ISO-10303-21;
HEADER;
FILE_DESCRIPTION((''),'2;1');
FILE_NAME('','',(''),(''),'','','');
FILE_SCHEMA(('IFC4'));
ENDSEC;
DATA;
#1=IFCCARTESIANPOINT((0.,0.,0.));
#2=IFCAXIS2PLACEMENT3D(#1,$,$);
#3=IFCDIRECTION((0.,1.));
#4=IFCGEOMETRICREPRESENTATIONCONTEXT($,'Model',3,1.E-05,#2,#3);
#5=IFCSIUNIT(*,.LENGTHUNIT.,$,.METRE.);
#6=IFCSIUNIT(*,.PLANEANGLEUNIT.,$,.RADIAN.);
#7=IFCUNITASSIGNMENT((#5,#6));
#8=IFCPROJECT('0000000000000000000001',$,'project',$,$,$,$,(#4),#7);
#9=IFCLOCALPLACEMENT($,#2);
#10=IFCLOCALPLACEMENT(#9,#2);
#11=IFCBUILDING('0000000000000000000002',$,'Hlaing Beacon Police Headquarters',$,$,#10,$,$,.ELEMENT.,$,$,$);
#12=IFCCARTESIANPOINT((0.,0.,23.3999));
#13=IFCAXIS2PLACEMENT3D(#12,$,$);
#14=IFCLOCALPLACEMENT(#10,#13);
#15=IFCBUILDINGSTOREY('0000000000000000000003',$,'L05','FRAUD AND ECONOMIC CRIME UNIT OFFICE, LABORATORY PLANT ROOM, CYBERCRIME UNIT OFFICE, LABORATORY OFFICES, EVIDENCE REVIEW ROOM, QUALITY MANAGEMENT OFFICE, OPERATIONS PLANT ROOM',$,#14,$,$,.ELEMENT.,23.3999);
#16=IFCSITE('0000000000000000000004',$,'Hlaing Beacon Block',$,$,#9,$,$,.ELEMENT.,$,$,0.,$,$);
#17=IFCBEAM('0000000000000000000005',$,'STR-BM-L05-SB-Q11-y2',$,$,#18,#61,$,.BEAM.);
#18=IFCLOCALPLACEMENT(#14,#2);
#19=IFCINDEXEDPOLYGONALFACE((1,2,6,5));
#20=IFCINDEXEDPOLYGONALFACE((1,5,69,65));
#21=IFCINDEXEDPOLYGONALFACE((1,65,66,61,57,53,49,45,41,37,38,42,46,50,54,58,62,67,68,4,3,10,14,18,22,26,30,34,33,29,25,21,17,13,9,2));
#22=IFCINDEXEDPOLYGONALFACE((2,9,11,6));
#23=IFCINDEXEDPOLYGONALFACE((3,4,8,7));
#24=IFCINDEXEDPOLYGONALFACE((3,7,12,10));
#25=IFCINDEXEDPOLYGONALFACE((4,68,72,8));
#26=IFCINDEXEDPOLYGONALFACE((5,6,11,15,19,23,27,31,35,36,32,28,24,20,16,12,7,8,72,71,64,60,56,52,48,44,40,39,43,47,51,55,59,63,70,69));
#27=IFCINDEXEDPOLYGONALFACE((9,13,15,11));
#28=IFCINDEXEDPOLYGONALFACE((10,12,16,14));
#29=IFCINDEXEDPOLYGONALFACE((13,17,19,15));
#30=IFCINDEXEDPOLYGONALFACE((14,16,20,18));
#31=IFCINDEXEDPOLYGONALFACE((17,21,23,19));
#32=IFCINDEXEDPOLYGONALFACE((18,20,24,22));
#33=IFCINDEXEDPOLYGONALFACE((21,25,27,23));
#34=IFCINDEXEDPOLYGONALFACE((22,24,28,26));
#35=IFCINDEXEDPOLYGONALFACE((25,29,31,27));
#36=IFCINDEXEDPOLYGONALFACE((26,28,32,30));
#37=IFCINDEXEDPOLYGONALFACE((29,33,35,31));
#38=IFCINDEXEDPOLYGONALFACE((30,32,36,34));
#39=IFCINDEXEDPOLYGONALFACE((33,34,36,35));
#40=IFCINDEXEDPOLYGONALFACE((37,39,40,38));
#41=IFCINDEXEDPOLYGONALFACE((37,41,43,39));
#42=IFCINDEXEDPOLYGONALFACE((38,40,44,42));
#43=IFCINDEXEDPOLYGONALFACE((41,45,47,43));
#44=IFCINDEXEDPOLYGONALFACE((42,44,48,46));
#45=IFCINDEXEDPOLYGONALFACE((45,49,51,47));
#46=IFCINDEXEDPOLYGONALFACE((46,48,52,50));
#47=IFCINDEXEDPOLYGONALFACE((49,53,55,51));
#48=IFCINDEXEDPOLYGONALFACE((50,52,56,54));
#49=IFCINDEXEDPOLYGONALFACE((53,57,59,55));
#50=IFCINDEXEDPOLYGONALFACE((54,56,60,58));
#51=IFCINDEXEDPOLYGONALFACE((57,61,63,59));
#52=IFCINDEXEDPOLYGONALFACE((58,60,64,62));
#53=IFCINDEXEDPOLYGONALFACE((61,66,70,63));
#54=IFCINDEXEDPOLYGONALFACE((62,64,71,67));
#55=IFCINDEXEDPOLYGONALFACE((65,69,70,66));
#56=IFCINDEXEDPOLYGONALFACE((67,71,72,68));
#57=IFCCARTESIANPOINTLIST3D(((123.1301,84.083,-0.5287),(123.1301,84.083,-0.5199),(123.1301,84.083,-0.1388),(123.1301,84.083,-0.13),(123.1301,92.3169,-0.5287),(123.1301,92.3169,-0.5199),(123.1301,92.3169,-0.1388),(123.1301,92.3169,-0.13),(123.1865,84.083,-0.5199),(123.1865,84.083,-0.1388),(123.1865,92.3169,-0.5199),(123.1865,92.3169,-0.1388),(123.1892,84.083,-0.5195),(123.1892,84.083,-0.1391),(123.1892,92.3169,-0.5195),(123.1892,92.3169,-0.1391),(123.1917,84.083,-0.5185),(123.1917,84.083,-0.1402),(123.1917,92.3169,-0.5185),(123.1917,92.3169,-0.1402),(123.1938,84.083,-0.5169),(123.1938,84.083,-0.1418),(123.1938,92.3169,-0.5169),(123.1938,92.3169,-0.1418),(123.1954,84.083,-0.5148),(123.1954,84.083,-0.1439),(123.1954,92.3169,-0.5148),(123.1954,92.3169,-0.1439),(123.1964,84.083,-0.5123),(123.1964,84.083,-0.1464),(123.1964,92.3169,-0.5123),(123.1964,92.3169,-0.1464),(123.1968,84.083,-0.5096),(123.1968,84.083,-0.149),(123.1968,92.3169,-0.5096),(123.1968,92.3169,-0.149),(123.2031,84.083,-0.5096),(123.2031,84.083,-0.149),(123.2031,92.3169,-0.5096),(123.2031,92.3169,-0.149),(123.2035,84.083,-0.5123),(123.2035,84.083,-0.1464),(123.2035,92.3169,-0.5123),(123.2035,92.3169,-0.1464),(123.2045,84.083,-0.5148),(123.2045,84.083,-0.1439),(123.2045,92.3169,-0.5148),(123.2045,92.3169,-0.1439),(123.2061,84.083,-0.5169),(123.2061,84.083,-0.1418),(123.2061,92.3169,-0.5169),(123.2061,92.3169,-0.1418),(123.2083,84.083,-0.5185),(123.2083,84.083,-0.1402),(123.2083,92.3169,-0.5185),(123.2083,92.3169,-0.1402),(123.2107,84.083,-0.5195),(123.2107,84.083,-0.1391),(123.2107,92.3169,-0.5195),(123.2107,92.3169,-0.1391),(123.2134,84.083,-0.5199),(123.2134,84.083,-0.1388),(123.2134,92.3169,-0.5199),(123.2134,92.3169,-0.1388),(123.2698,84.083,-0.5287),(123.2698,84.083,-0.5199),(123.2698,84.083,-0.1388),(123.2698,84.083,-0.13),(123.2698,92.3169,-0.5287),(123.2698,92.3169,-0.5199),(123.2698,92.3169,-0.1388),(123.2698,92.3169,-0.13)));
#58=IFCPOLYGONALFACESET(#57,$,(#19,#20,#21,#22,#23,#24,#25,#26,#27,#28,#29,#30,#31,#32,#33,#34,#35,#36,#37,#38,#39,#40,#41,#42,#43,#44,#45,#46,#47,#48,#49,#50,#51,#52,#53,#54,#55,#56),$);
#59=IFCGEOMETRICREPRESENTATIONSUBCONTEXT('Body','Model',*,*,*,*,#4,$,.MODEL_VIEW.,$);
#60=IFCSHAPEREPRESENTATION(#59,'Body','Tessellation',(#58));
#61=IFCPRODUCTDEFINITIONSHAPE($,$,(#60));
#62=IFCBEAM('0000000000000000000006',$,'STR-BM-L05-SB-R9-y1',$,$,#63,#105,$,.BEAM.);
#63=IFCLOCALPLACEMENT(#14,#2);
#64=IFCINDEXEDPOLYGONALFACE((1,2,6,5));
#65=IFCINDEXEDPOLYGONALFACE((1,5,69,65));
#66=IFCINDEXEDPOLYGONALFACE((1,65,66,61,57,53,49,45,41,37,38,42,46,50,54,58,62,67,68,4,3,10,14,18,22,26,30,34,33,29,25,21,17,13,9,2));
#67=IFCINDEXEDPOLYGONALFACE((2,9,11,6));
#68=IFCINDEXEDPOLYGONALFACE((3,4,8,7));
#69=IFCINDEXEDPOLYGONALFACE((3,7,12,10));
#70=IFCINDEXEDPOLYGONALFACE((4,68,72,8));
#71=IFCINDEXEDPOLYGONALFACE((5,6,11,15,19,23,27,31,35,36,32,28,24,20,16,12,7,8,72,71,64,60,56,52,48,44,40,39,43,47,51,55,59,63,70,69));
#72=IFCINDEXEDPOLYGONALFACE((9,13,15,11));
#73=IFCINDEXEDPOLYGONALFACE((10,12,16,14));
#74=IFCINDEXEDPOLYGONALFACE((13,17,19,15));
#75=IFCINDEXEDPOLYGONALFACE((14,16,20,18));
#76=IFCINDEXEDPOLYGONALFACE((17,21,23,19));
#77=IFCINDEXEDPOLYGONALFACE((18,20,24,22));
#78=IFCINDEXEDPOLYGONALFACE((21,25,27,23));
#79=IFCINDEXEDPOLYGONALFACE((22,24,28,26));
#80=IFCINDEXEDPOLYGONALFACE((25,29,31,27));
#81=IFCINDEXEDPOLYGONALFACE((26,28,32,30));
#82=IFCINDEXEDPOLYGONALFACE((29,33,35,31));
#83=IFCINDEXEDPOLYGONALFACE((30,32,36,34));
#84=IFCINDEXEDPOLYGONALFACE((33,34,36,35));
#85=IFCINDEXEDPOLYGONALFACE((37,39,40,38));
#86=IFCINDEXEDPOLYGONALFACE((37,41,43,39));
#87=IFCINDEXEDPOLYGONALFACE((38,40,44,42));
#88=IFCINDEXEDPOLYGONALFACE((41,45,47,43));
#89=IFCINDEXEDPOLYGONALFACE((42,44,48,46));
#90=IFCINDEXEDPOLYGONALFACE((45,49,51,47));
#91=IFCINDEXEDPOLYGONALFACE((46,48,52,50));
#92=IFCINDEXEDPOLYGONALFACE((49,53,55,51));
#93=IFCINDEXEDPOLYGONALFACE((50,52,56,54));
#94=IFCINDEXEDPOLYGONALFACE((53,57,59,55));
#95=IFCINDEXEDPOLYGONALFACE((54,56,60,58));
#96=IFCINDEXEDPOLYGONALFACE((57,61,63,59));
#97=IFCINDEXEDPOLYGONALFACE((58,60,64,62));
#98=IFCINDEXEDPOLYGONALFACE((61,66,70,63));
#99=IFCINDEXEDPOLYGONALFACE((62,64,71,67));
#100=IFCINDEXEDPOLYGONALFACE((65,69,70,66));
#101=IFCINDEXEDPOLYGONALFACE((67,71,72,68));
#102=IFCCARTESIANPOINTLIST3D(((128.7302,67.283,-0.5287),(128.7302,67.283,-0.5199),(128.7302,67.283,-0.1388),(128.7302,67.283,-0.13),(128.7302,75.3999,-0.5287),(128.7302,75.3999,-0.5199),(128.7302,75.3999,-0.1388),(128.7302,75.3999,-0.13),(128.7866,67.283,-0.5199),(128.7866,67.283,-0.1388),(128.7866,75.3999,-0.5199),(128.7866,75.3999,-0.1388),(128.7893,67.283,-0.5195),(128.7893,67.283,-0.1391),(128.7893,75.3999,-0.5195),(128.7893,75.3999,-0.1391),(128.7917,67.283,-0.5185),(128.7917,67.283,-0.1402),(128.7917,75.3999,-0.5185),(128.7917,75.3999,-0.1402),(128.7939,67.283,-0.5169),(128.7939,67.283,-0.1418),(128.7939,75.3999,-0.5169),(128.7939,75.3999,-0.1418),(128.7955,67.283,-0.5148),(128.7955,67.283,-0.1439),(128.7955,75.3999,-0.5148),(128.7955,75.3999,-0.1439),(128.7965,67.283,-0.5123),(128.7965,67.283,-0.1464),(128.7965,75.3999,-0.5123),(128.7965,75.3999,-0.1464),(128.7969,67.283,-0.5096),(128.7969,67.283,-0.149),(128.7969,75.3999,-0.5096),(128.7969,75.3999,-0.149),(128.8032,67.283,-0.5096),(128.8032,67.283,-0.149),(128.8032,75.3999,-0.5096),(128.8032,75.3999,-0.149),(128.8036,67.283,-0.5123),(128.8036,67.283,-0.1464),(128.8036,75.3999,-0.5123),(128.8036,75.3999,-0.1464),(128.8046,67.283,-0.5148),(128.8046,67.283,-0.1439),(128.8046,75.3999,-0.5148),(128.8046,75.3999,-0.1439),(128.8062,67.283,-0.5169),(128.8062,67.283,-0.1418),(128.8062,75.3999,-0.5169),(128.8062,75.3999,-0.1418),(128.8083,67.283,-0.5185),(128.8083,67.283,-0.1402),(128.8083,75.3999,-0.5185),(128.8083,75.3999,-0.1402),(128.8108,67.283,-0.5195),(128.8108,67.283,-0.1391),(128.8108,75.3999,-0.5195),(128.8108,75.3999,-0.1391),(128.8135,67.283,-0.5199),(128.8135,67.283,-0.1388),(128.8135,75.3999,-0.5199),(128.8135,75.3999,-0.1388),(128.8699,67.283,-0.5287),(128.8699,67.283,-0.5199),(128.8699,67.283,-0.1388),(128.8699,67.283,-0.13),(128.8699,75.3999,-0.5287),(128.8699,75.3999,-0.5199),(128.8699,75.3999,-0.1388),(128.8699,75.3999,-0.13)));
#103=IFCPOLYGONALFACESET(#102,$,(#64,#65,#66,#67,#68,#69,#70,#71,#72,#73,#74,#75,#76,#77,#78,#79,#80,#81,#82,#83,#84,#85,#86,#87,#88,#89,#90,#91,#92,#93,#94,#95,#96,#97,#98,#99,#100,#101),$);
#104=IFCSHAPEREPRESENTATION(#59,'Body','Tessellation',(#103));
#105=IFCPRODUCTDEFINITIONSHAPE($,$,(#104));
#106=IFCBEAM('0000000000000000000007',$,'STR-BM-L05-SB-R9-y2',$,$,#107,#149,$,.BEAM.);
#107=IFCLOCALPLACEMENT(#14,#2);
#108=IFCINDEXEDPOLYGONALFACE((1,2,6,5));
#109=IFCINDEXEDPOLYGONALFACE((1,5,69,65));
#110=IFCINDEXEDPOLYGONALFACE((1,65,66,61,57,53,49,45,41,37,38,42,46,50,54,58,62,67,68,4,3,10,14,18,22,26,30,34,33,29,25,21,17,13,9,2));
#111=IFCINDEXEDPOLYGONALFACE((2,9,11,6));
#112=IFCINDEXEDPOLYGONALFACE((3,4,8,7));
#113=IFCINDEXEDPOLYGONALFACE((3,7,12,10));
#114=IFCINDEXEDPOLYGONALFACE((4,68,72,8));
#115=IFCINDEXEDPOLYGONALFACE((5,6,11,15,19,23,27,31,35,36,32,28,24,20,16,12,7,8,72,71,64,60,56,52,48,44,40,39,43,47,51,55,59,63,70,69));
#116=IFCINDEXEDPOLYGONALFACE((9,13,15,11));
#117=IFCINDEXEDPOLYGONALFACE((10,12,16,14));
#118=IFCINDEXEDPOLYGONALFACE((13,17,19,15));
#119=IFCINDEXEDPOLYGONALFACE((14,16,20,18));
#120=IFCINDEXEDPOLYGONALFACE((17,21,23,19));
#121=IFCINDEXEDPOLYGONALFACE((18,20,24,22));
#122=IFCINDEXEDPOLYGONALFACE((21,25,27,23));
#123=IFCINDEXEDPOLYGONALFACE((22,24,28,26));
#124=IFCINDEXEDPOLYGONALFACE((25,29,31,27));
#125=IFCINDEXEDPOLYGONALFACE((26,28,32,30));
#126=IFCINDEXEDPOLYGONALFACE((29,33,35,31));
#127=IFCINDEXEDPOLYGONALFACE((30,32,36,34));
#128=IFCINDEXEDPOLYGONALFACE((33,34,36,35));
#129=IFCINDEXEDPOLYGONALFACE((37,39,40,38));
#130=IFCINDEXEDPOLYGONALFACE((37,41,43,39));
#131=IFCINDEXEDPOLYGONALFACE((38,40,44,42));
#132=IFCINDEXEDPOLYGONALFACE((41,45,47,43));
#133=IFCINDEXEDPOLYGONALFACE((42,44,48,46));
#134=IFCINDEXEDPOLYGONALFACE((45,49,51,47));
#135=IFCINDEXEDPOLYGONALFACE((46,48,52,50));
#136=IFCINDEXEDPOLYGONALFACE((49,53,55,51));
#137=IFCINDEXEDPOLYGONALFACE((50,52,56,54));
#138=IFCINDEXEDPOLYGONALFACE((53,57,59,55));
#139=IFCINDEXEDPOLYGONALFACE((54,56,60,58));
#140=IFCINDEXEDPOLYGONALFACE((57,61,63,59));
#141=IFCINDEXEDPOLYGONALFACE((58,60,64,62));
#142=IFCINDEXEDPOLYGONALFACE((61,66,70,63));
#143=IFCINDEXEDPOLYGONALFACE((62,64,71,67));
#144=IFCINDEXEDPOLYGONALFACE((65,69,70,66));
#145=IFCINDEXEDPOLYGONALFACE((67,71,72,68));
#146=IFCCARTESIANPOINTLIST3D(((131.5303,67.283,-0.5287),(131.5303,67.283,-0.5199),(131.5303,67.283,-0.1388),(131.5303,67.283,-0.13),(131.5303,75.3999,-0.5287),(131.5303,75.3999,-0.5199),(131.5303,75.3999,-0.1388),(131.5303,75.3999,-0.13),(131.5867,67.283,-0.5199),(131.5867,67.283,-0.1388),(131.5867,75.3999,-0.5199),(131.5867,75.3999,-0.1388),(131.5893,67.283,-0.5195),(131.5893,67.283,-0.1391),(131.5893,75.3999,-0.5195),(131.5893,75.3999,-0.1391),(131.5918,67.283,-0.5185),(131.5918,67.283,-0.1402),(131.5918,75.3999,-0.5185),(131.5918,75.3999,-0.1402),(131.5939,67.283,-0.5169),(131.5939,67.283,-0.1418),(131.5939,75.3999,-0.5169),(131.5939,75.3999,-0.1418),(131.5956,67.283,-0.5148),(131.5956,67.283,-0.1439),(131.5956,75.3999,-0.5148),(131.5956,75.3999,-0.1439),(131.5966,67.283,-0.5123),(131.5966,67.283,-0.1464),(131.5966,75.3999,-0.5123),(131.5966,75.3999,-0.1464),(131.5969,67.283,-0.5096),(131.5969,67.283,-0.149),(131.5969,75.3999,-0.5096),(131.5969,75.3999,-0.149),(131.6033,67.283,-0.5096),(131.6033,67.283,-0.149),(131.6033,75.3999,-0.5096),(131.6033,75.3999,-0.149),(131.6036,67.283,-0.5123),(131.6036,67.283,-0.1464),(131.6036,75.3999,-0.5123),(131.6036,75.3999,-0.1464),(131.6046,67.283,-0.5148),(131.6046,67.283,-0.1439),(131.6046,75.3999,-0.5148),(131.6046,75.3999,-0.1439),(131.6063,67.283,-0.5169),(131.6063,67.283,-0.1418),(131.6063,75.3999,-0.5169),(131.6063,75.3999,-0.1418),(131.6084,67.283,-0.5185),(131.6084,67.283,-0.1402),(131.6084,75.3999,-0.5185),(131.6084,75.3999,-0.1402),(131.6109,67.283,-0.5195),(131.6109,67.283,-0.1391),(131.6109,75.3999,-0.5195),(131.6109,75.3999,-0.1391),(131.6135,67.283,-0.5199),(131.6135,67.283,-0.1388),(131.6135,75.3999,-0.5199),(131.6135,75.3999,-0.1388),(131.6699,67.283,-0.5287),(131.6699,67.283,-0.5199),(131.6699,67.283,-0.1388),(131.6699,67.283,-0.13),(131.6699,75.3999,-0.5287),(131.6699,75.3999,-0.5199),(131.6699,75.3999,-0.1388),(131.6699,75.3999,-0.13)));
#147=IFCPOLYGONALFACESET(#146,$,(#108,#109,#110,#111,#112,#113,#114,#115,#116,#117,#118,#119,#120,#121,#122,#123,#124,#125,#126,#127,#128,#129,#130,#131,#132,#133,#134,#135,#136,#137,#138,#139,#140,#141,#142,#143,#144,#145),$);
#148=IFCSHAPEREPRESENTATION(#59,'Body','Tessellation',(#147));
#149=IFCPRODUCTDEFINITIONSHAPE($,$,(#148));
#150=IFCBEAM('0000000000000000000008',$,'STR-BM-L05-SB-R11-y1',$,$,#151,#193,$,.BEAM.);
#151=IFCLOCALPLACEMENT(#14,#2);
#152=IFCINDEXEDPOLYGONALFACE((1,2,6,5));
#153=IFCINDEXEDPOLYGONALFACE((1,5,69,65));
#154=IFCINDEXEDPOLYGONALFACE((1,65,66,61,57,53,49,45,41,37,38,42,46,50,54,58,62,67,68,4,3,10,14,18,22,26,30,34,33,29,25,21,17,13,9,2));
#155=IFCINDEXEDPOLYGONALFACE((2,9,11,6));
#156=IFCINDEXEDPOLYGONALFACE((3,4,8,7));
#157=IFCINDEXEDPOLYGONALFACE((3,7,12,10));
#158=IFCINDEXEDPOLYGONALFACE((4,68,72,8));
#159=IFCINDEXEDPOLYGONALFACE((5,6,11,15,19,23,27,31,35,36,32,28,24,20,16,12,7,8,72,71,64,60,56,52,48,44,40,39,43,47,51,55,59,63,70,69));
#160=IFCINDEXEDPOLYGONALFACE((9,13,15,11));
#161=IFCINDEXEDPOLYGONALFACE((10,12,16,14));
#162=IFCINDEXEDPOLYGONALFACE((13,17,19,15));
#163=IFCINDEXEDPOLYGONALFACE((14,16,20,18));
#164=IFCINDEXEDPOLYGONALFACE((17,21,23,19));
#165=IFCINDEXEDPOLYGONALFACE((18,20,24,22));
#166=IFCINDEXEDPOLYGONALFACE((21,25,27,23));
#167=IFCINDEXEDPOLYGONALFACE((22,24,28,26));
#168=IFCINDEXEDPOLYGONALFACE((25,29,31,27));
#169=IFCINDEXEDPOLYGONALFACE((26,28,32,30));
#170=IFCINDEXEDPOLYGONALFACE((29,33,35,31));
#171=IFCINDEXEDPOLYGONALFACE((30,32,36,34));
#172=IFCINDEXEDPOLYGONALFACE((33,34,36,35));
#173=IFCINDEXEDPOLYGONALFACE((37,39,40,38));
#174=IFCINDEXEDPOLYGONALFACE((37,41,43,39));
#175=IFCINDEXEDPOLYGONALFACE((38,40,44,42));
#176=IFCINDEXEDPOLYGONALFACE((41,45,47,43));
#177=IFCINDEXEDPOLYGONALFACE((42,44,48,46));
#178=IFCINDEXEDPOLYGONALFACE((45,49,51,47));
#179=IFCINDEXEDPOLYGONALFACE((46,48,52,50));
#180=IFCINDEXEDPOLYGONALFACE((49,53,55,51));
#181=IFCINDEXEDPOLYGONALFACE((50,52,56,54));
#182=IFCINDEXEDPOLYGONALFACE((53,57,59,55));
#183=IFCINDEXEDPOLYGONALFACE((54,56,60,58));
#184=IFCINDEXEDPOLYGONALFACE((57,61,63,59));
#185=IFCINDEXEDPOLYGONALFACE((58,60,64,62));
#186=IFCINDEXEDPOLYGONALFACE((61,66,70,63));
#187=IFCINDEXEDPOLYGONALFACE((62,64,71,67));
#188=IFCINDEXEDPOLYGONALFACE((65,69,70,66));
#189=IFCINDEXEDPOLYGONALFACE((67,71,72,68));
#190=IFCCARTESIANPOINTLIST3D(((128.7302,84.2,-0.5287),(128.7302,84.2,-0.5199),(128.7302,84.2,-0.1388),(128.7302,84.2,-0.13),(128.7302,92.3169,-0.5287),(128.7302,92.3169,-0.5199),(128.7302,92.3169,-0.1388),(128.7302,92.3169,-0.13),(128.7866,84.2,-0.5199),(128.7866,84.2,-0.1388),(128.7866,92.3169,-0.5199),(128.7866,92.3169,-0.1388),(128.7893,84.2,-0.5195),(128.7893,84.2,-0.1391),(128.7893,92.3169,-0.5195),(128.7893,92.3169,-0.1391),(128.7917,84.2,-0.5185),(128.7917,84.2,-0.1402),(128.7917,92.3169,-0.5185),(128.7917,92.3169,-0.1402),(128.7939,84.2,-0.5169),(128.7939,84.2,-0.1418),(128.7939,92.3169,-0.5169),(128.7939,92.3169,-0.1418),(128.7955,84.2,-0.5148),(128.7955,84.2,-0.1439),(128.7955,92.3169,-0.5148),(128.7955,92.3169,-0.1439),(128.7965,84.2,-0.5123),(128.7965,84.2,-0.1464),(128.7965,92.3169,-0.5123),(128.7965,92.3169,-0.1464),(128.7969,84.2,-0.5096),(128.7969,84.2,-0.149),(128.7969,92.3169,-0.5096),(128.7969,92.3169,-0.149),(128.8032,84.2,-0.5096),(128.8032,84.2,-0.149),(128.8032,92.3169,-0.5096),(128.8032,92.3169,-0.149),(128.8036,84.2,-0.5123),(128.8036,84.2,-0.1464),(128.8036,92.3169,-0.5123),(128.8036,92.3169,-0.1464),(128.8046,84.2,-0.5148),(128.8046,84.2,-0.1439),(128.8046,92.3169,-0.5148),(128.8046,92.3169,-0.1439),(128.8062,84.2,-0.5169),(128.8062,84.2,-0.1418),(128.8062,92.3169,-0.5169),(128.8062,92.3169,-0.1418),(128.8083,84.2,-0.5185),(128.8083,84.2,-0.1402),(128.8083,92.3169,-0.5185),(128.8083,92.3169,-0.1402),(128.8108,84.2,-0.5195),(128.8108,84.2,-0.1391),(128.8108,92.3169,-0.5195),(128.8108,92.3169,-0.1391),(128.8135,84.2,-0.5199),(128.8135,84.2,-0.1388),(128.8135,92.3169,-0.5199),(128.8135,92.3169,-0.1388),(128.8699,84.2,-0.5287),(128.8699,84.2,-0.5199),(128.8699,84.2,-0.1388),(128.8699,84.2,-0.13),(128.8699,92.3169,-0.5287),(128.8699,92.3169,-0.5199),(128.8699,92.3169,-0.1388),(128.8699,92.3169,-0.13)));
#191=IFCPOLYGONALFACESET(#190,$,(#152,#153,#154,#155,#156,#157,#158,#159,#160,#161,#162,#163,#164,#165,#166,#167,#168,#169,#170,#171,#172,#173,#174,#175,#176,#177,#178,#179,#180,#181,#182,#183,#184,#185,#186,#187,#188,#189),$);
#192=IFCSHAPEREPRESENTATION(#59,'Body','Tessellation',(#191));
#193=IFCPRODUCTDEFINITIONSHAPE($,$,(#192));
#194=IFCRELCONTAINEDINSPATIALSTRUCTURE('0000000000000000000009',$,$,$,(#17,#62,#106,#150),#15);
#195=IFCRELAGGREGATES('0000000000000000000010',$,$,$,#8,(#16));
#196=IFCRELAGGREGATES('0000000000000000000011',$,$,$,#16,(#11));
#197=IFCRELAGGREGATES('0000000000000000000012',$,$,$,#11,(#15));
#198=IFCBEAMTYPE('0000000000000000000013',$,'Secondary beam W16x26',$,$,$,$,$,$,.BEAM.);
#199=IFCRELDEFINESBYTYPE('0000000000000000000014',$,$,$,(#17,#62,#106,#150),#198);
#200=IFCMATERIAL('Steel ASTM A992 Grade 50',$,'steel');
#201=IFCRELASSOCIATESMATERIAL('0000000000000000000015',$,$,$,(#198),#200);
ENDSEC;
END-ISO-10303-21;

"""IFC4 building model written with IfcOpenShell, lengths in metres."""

from ifc_helpers import new_model, si_unit, direction, frame, origin, origin_2d, place, context, subcontext, project, spatial, i_section, extrude, material, material_profile, profile_set, type_object, element, save


model = new_model("IFC4")

# Units and contexts
model_context = context("Model", 3, precision=1e-05, world=origin(), true_north=direction((0.0, 1.0)))
body_context = subcontext(model_context, "Body", "Model", "MODEL_VIEW")
ifc_project = project(units=[si_unit("LENGTHUNIT", "METRE"), si_unit("PLANEANGLEUNIT", "RADIAN")], contexts=[model_context])

# Site, building, storey
site_placement = place(None, origin())
site = spatial("IfcSite", under=ifc_project, at=site_placement, Name="Hlaing Beacon Block", CompositionType="ELEMENT", RefElevation=0.0)
building_placement = place(site_placement, origin())
building = spatial("IfcBuilding", under=site, at=building_placement, Name="Hlaing Beacon Police Headquarters", CompositionType="ELEMENT")
storey_placement = place(building_placement, frame((0.0, 0.0, 23.3999)))
storey = spatial("IfcBuildingStorey", under=building, at=storey_placement, Name="L05", Description="FRAUD AND ECONOMIC CRIME UNIT OFFICE, LABORATORY PLANT ROOM, CYBERCRIME UNIT OFFICE, LABORATORY OFFICES, EVIDENCE REVIEW ROOM, QUALITY MANAGEMENT OFFICE, OPERATIONS PLANT ROOM", CompositionType="ELEMENT", Elevation=23.3999)

# Beams
ifc_material_1 = material(Name="Steel ASTM A992 Grade 50", Category="steel")
ifc_material_profile_1 = material_profile(ifc_material_1, i_section(OverallWidth=0.1396, OverallDepth=0.3987, WebThickness=0.0063, FlangeThickness=0.0088, FilletRadius=0.0103, at=origin_2d()), Name="W16x26")
ifc_profile_set_1 = profile_set([ifc_material_profile_1], Name="Steel ASTM A992 Grade 50")
beam_type_1 = type_object("IfcBeamType", Name="Secondary beam W16x26", PredefinedType="BEAM", material=ifc_profile_set_1)
for number, where, z_axis, x_axis, name in (
    (1, (123.2, 84.083, -0.3293), (0.0, 1.0, 0.0), (-1.0, 0.0, 0.0), "STR-BM-L05-SB-Q11-y2"),
):
    element("IfcBeam", number, at=place(storey_placement, frame(where, z_axis=z_axis, x_axis=x_axis)), inside=storey, type_object=beam_type_1, Name=name, PredefinedType="BEAM", context=body_context, shape_type="SweptSolid", body=[
        extrude(i_section(OverallWidth=0.1396, OverallDepth=0.3987, WebThickness=0.0063, FlangeThickness=0.0088, FilletRadius=0.0103, at=origin_2d()), origin(), (0.0, 0.0, 1.0), 8.2339),
    ])
for number, where, z_axis, x_axis, name in (
    (2, (128.8, 67.283, -0.3293), (0.0, 1.0, 0.0), (-1.0, 0.0, 0.0), "STR-BM-L05-SB-R9-y1"),
    (3, (131.6001, 67.283, -0.3293), (0.0, 1.0, 0.0), (-1.0, 0.0, 0.0), "STR-BM-L05-SB-R9-y2"),
    (4, (128.8, 84.2, -0.3293), (0.0, 1.0, 0.0), (-1.0, 0.0, 0.0), "STR-BM-L05-SB-R11-y1"),
):
    element("IfcBeam", number, at=place(storey_placement, frame(where, z_axis=z_axis, x_axis=x_axis)), inside=storey, type_object=beam_type_1, Name=name, PredefinedType="BEAM", context=body_context, shape_type="SweptSolid", body=[
        extrude(i_section(OverallWidth=0.1396, OverallDepth=0.3987, WebThickness=0.0063, FlangeThickness=0.0088, FilletRadius=0.0103, at=origin_2d()), origin(), (0.0, 0.0, 1.0), 8.1169),
    ])

save(model, "model.ifc")
